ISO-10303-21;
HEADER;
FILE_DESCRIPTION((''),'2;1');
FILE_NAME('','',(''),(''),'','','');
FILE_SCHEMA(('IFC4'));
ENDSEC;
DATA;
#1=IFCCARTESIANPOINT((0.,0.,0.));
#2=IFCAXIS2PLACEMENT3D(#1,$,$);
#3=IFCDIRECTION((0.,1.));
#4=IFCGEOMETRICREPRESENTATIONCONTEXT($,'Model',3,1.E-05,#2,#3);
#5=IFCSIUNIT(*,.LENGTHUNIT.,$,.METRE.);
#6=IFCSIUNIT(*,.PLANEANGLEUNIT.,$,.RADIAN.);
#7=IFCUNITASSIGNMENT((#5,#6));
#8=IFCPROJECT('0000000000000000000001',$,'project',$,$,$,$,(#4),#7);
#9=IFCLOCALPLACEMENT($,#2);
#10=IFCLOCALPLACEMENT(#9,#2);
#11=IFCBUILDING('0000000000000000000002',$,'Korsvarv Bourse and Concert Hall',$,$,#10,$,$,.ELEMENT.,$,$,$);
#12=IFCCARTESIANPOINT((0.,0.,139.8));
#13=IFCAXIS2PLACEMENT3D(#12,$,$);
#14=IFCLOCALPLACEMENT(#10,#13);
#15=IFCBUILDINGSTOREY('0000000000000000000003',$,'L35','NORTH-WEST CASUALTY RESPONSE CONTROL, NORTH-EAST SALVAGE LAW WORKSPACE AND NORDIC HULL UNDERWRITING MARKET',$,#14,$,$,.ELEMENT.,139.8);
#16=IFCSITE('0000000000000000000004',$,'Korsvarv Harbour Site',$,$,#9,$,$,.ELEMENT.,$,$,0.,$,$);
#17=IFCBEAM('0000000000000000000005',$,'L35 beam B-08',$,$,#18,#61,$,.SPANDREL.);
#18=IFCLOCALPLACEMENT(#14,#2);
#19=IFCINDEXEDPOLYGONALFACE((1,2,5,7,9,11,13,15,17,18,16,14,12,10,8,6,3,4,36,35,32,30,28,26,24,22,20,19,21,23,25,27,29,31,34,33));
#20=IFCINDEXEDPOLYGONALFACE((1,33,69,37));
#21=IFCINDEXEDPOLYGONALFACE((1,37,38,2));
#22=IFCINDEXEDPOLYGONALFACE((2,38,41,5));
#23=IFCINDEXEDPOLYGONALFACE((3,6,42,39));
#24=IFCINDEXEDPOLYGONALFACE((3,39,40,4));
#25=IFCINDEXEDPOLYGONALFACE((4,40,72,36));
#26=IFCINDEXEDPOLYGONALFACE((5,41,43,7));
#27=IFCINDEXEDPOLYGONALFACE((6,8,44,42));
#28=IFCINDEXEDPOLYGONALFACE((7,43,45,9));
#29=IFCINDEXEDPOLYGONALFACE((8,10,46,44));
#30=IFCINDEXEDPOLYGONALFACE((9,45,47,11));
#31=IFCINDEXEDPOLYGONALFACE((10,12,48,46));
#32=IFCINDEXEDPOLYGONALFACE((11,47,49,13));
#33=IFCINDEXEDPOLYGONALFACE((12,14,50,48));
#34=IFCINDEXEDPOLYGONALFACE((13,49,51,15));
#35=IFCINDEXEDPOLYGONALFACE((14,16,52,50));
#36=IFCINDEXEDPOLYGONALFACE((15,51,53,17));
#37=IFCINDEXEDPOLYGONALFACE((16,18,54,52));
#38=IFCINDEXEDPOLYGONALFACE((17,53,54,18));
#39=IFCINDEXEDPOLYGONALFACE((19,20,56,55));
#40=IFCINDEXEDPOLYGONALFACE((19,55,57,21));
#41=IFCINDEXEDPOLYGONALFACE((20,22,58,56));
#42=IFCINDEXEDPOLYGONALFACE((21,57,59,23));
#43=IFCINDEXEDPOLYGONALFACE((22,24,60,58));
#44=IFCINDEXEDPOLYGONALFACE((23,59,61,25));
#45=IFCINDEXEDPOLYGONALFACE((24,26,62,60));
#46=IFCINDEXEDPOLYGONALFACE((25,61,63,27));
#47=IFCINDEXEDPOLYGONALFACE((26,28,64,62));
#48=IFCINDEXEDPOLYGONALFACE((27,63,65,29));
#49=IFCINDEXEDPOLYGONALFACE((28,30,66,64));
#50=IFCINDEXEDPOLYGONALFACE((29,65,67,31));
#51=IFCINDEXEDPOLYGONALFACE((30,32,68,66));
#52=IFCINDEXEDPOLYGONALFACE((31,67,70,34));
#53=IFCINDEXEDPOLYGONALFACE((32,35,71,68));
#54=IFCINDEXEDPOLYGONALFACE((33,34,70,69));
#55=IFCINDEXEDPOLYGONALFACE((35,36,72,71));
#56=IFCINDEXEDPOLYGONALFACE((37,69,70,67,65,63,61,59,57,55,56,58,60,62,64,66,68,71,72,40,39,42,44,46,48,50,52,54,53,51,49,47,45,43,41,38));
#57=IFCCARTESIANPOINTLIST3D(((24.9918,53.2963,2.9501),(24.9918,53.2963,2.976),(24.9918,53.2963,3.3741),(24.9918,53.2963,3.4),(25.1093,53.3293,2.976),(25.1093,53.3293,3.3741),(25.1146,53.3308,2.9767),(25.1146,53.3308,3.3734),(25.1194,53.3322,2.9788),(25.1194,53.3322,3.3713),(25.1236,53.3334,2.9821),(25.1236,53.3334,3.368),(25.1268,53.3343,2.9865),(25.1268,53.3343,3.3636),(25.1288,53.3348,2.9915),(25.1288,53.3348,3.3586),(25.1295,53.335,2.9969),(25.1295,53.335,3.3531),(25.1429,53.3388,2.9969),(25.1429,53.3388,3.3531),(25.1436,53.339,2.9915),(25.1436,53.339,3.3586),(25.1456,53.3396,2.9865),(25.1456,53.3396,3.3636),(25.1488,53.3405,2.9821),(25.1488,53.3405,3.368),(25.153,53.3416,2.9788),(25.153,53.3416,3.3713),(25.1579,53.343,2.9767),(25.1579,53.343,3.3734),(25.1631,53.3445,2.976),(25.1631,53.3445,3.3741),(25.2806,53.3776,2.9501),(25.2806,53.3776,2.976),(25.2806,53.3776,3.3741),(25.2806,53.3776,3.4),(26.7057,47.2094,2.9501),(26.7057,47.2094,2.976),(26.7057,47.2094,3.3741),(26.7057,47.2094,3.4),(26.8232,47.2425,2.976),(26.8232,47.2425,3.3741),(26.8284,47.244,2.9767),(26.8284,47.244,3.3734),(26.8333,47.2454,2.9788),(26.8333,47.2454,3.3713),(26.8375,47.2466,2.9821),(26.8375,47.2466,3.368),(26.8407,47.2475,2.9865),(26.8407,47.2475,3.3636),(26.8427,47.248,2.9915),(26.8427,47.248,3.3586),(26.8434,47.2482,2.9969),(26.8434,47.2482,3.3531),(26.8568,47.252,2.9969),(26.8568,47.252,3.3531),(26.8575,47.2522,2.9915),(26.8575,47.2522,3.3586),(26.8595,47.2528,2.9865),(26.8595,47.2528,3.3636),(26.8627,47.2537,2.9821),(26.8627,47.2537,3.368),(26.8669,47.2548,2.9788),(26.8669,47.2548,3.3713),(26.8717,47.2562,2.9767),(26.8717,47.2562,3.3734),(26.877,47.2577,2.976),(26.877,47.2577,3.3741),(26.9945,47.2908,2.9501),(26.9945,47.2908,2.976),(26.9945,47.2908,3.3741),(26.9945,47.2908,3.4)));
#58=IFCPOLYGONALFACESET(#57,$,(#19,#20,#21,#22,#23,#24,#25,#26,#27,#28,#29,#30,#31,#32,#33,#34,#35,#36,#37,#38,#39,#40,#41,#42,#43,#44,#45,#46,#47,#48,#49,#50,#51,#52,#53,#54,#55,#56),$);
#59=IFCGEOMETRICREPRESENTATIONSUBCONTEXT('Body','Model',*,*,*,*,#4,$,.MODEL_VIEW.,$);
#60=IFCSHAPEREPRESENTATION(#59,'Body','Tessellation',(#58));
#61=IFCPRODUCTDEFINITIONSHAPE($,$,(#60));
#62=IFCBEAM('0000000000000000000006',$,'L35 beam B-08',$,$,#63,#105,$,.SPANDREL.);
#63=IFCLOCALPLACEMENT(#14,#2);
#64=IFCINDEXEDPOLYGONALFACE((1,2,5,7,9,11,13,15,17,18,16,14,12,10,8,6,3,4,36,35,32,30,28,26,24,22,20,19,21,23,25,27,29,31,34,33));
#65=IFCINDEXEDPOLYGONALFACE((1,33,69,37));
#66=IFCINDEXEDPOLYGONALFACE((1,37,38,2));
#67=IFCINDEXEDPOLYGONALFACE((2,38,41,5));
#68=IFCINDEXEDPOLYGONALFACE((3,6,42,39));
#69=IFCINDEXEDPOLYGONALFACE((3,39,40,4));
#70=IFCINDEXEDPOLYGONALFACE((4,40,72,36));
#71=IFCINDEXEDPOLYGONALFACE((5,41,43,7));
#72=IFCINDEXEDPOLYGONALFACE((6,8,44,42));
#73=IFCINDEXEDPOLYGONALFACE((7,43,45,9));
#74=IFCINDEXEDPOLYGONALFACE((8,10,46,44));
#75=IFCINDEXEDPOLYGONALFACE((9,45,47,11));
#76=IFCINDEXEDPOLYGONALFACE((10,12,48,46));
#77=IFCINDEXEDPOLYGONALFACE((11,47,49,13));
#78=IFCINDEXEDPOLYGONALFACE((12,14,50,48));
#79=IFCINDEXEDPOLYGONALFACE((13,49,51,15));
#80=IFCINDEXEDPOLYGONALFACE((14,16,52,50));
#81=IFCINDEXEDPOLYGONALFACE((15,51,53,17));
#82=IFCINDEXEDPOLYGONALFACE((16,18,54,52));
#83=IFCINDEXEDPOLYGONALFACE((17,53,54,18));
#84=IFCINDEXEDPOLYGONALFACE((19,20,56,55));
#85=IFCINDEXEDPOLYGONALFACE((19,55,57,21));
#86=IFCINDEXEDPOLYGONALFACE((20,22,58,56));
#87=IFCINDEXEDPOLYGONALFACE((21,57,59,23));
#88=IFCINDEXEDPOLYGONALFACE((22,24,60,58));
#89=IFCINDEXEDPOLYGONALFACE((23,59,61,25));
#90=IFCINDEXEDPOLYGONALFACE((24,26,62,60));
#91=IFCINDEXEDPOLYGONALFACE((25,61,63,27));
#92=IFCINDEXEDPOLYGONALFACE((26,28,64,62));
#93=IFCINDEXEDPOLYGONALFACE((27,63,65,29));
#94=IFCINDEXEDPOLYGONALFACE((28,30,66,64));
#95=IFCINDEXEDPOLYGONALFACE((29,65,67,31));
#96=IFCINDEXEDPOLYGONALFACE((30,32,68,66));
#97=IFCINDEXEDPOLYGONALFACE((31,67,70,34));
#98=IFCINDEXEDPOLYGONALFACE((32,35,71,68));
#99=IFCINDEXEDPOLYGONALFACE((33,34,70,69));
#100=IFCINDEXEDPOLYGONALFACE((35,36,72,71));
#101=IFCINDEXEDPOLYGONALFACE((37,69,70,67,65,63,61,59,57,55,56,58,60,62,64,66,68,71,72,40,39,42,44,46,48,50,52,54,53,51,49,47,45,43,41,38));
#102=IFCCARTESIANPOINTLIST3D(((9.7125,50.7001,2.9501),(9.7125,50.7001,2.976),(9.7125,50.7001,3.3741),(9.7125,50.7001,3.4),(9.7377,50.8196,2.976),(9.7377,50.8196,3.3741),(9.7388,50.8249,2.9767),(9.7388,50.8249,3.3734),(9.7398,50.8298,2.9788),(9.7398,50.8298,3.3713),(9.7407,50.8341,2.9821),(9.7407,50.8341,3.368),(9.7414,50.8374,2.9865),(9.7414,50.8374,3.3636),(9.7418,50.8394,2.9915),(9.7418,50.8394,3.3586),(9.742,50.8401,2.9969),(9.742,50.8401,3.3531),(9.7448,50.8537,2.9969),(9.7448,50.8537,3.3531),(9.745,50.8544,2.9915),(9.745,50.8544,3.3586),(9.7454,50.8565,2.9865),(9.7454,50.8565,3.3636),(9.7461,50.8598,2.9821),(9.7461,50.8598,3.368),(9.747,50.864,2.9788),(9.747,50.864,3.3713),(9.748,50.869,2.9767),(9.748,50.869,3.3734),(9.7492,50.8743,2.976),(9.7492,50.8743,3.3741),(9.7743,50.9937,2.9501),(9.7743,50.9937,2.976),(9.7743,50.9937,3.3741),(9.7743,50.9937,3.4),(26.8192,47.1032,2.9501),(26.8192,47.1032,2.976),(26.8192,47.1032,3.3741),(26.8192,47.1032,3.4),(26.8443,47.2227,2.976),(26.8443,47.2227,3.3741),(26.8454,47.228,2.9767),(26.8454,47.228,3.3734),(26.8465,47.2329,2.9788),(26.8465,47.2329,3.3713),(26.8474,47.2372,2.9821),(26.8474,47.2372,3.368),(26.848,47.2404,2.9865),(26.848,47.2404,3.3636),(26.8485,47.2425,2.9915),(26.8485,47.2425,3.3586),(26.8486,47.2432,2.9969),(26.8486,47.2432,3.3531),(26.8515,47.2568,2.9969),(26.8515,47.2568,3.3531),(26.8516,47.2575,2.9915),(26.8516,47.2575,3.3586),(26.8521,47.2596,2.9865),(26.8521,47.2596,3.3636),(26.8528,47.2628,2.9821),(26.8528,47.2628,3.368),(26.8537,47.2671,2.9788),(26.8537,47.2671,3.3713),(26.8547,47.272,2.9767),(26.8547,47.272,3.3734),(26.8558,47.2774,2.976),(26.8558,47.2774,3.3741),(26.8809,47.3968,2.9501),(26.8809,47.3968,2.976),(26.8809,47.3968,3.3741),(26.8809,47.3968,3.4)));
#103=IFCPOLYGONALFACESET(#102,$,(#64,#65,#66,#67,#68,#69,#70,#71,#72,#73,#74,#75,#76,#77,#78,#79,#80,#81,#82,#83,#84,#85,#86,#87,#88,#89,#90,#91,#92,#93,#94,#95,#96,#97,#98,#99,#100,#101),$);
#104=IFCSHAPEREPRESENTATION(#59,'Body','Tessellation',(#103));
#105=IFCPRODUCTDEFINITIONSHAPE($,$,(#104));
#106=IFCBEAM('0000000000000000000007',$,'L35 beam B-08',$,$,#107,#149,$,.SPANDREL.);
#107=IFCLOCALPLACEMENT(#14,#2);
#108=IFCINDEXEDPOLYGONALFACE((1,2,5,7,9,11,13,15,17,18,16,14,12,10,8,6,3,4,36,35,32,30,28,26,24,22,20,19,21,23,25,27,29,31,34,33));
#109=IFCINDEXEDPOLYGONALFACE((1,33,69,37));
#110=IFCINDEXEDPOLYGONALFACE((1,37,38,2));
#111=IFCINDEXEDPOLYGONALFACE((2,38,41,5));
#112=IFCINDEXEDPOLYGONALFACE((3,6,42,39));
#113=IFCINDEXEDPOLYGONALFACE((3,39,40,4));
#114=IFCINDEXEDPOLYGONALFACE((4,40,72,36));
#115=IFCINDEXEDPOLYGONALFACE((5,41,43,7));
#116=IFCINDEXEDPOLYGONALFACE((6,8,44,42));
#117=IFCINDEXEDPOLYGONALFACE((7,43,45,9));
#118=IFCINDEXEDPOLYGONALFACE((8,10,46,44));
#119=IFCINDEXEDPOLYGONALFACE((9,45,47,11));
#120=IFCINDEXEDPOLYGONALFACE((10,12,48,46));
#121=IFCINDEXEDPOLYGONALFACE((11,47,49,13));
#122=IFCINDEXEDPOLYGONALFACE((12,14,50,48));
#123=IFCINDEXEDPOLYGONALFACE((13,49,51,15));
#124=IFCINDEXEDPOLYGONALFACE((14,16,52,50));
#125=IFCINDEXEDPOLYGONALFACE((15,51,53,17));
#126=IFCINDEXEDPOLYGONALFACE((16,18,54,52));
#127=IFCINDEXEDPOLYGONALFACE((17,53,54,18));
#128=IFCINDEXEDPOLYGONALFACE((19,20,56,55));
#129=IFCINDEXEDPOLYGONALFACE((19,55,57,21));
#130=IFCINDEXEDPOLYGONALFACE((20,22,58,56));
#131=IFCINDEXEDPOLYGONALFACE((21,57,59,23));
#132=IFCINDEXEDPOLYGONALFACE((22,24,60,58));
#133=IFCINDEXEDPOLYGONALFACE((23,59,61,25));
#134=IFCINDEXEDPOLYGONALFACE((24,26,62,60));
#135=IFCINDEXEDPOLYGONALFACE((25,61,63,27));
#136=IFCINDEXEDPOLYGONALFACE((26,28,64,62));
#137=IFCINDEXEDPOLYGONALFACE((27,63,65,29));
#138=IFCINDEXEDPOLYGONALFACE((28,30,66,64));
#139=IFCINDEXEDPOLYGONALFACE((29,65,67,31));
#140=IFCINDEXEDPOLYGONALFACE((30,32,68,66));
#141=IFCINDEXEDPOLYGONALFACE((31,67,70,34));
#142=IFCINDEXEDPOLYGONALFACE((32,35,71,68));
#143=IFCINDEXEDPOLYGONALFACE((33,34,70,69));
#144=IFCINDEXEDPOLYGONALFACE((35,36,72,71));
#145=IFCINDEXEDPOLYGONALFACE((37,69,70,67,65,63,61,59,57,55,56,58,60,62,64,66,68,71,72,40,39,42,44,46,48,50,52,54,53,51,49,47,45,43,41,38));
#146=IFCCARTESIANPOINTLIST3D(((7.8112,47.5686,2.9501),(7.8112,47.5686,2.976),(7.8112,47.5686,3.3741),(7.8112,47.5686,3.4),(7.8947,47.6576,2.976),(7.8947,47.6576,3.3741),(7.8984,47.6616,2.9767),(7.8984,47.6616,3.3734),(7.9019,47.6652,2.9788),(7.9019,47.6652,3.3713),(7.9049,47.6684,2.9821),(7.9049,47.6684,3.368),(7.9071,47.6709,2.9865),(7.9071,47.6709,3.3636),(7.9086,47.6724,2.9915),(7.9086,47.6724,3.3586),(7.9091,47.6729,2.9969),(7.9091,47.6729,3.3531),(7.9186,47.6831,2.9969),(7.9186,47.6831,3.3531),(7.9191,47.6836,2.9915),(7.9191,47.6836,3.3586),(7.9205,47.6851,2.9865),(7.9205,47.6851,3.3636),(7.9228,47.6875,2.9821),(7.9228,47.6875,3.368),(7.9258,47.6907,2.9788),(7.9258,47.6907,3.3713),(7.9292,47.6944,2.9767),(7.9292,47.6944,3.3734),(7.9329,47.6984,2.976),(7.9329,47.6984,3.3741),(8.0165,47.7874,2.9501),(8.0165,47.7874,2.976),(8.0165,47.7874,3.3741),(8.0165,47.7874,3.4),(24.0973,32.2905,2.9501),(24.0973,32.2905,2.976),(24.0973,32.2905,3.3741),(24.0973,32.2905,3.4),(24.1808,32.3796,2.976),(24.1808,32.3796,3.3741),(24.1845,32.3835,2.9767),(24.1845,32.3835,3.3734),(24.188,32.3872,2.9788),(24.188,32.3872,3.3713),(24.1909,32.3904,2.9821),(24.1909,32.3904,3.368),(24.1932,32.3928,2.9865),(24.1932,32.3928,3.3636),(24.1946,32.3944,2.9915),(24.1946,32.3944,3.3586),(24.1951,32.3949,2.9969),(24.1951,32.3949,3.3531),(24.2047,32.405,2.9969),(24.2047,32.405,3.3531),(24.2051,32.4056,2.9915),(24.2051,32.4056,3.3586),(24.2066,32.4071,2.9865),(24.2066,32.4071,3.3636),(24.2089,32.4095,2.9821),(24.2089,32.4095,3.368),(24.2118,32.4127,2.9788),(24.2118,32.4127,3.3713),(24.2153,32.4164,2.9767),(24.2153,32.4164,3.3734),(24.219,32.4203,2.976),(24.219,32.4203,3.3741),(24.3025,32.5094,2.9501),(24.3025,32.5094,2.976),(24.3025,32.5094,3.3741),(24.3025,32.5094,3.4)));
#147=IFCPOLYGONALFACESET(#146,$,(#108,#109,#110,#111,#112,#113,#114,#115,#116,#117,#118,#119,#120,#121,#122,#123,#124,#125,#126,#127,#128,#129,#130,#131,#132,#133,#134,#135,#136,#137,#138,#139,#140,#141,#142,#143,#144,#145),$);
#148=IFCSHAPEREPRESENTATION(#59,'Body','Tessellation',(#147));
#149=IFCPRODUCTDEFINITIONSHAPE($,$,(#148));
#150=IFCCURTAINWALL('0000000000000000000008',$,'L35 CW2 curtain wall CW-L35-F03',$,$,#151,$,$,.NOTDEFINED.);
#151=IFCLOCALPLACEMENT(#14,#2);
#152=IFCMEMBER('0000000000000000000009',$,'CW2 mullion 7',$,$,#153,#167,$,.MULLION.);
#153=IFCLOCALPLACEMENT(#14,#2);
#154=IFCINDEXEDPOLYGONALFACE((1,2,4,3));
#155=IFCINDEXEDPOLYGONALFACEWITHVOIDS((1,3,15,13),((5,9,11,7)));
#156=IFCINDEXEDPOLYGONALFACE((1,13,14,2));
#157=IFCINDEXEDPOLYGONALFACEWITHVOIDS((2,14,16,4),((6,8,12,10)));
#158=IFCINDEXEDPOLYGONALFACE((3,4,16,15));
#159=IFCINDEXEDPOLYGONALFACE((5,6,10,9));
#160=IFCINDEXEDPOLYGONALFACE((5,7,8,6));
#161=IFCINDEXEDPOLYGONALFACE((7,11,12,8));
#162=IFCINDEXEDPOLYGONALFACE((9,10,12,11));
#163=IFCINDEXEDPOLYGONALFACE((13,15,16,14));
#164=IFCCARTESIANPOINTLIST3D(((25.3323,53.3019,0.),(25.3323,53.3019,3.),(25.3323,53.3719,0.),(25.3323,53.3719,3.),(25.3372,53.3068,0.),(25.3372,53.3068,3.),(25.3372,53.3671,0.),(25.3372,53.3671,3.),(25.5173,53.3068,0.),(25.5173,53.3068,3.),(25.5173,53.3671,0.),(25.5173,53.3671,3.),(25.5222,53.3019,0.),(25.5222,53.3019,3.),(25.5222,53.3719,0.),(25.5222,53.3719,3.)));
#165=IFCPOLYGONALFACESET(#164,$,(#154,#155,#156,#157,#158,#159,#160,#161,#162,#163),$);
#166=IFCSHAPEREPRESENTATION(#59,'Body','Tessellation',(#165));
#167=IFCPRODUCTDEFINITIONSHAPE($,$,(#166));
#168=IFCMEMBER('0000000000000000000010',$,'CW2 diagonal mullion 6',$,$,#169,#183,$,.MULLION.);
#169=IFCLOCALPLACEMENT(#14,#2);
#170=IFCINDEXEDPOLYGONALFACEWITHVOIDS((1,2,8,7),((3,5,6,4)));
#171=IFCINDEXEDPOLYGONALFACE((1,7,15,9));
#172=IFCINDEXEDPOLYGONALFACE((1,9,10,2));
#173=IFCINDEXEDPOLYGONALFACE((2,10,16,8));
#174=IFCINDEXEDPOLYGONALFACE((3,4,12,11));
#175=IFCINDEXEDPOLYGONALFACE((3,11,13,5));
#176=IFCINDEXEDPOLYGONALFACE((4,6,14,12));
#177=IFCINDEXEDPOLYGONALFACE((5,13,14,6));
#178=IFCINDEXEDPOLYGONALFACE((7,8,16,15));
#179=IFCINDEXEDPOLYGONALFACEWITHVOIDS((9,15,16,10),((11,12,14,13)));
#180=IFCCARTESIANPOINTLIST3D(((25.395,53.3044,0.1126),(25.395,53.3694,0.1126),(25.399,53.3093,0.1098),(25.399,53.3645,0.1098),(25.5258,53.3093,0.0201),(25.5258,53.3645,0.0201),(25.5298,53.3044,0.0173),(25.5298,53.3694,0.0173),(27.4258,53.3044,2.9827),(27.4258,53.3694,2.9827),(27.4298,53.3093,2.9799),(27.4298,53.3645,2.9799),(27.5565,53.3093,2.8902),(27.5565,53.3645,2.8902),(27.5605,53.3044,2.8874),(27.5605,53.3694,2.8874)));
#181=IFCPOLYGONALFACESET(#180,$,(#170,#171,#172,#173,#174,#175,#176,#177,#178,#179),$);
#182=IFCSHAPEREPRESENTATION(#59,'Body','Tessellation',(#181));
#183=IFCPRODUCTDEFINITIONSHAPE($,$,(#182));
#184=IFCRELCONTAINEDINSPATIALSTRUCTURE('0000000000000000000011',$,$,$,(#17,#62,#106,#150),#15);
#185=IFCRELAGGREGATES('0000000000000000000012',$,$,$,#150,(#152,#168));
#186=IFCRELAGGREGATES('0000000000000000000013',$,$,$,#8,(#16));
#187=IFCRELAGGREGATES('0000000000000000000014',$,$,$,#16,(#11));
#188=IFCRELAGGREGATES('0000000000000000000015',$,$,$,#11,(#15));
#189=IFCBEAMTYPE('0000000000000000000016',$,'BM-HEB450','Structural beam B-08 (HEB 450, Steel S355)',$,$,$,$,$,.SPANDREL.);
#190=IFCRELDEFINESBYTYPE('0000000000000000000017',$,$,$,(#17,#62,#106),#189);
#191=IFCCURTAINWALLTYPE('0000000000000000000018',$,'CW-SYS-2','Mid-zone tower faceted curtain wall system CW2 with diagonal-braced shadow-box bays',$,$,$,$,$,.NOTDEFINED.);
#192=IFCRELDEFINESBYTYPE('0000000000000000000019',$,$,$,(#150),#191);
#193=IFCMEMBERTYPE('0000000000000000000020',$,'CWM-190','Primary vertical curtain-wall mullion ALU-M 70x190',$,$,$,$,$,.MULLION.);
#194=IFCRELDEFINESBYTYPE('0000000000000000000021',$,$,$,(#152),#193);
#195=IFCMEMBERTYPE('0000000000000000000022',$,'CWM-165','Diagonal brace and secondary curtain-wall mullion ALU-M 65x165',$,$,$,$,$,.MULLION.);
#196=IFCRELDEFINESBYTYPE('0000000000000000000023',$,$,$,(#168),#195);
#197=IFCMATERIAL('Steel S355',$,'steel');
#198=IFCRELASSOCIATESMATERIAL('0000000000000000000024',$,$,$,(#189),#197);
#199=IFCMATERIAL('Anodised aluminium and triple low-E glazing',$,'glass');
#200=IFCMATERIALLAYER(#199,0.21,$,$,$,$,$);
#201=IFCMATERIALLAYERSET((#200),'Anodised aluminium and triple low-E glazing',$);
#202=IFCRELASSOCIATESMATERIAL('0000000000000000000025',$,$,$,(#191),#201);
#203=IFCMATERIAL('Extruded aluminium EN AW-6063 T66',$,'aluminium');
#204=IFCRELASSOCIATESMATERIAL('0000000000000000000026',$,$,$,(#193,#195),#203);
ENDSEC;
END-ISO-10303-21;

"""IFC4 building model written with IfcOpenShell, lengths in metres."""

from ifc_helpers import new_model, si_unit, direction, frame, origin, origin_2d, place, context, subcontext, project, spatial, hollow_rectangle, i_section, extrude, source, transform, mapped, material, layer, layer_set, material_profile, profile_set, type_object, element, aggregate, save


model = new_model("IFC4")

# Units and contexts
model_context = context("Model", 3, precision=1e-05, world=origin(), true_north=direction((0.0, 1.0)))
body_context = subcontext(model_context, "Body", "Model", "MODEL_VIEW")
ifc_project = project(units=[si_unit("LENGTHUNIT", "METRE"), si_unit("PLANEANGLEUNIT", "RADIAN")], contexts=[model_context])

# Site, building, storey
site_placement = place(None, origin())
site = spatial("IfcSite", under=ifc_project, at=site_placement, Name="Korsvarv Harbour Site", CompositionType="ELEMENT", RefElevation=0.0)
building_placement = place(site_placement, origin())
building = spatial("IfcBuilding", under=site, at=building_placement, Name="Korsvarv Bourse and Concert Hall", CompositionType="ELEMENT")
storey_placement = place(building_placement, frame((0.0, 0.0, 139.8)))
storey = spatial("IfcBuildingStorey", under=building, at=storey_placement, Name="L35", Description="NORTH-WEST CASUALTY RESPONSE CONTROL, NORTH-EAST SALVAGE LAW WORKSPACE AND NORDIC HULL UNDERWRITING MARKET", CompositionType="ELEMENT", Elevation=139.8)

# Shared definitions
ifc_material_1 = material(Name="Steel S355", Category="steel")

# Beams
ifc_material_profile_1 = material_profile(ifc_material_1, i_section(OverallWidth=0.3, OverallDepth=0.45, WebThickness=0.0139, FlangeThickness=0.0259, FilletRadius=0.021, at=origin_2d()), Name="HEB 450")
ifc_profile_set_1 = profile_set([ifc_material_profile_1], Name="Steel S355")
beam_type_1 = type_object("IfcBeamType", Name="BM-HEB450", Description="Structural beam B-08 (HEB 450, Steel S355)", PredefinedType="SPANDREL", material=ifc_profile_set_1)
shared_shape_1 = source(origin(), body_context, "Body", "SweptSolid", [
    extrude(i_section(OverallWidth=0.3, OverallDepth=0.45, WebThickness=0.0139, FlangeThickness=0.0259, FilletRadius=0.021, at=origin_2d()), origin(), (0.0, 0.0, 1.0), 6.3235),
])
beam_1_placement = place(storey_placement, frame((25.1362, 53.3369, 3.175), z_axis=(0.271027, -0.962572, 0.0), x_axis=(0.962572, 0.271027, 0.0)))
element("IfcBeam", 1, at=beam_1_placement, inside=storey, type_object=beam_type_1, Name="L35 beam B-08", PredefinedType="SPANDREL", context=body_context, shape_type="MappedRepresentation", body=[
    mapped(shared_shape_1, transform((0.0, 0.0, 0.0), scale=1.0)),
])
shared_shape_2 = source(origin(), body_context, "Body", "SweptSolid", [
    extrude(i_section(OverallWidth=0.3, OverallDepth=0.45, WebThickness=0.0139, FlangeThickness=0.0259, FilletRadius=0.021, at=origin_2d()), origin(), (0.0, 0.0, 1.0), 17.4807),
])
beam_2_placement = place(storey_placement, frame((9.7434, 50.8469, 3.175), z_axis=(0.978601, -0.205765, 0.0), x_axis=(0.205765, 0.978601, 0.0)))
element("IfcBeam", 2, at=beam_2_placement, inside=storey, type_object=beam_type_1, Name="L35 beam B-08", PredefinedType="SPANDREL", context=body_context, shape_type="MappedRepresentation", body=[
    mapped(shared_shape_2, transform((0.0, 0.0, 0.0), scale=1.0)),
])
shared_shape_3 = source(origin(), body_context, "Body", "SweptSolid", [
    extrude(i_section(OverallWidth=0.3, OverallDepth=0.45, WebThickness=0.0139, FlangeThickness=0.0259, FilletRadius=0.021, at=origin_2d()), origin(), (0.0, 0.0, 1.0), 22.3306),
])
beam_3_placement = place(storey_placement, frame((7.9138, 47.678, 3.175), z_axis=(0.729318, -0.684175, 0.0), x_axis=(0.684175, 0.729318, 0.0)))
element("IfcBeam", 3, at=beam_3_placement, inside=storey, type_object=beam_type_1, Name="L35 beam B-08", PredefinedType="SPANDREL", context=body_context, shape_type="MappedRepresentation", body=[
    mapped(shared_shape_3, transform((0.0, 0.0, 0.0), scale=1.0)),
])

# Curtain wall, members
ifc_material_2 = material(Name="Anodised aluminium and triple low-E glazing", Category="glass")
ifc_layer_1 = layer(ifc_material_2, 0.21)
ifc_layer_set_1 = layer_set([ifc_layer_1], Name="Anodised aluminium and triple low-E glazing")
curtain_wall_type = type_object("IfcCurtainWallType", Name="CW-SYS-2", Description="Mid-zone tower faceted curtain wall system CW2 with diagonal-braced shadow-box bays", PredefinedType="NOTDEFINED", material=ifc_layer_set_1)
curtain_wall_placement = place(storey_placement, origin())
curtain_wall = element("IfcCurtainWall", 4, at=curtain_wall_placement, inside=storey, type_object=curtain_wall_type, Name="L35 CW2 curtain wall CW-L35-F03", PredefinedType="NOTDEFINED")
ifc_material_3 = material(Name="Extruded aluminium EN AW-6063 T66", Category="aluminium")
ifc_material_profile_2 = material_profile(ifc_material_3, hollow_rectangle(XDim=0.0701, YDim=0.1899, WallThickness=0.0049, at=origin_2d()), Name="ALU-M 70x190")
ifc_profile_set_2 = profile_set([ifc_material_profile_2], Name="Extruded aluminium EN AW-6063 T66")
member_type_1 = type_object("IfcMemberType", Name="CWM-190", Description="Primary vertical curtain-wall mullion ALU-M 70x190", PredefinedType="MULLION", material=ifc_profile_set_2)
shared_shape_4 = source(origin(), body_context, "Body", "SweptSolid", [
    extrude(hollow_rectangle(XDim=0.0701, YDim=0.1899, WallThickness=0.0049, at=origin_2d()), origin(), (0.0, 0.0, 1.0), 3.0),
])
member_1_placement = place(storey_placement, frame((25.4272, 53.3369, 0.0), z_axis=(0.0, 0.0, 1.0), x_axis=(0.0, -1.0, 0.0)))
member_1 = element("IfcMember", 5, at=member_1_placement, type_object=member_type_1, Name="CW2 mullion 7", PredefinedType="MULLION", context=body_context, shape_type="MappedRepresentation", body=[
    mapped(shared_shape_4, transform((0.0, 0.0, 0.0), scale=1.0)),
])
ifc_material_profile_3 = material_profile(ifc_material_3, hollow_rectangle(XDim=0.0649, YDim=0.165, WallThickness=0.0049, at=origin_2d()), Name="ALU-M 65x165")
ifc_profile_set_3 = profile_set([ifc_material_profile_3], Name="Extruded aluminium EN AW-6063 T66")
member_type_2 = type_object("IfcMemberType", Name="CWM-165", Description="Diagonal brace and secondary curtain-wall mullion ALU-M 65x165", PredefinedType="MULLION", material=ifc_profile_set_3)
shared_shape_5 = source(origin(), body_context, "Body", "SweptSolid", [
    extrude(hollow_rectangle(XDim=0.0649, YDim=0.165, WallThickness=0.0049, at=origin_2d()), origin(), (0.0, 0.0, 1.0), 3.5159),
])
member_2_placement = place(storey_placement, frame((25.4624, 53.3369, 0.0649), z_axis=(0.577593, 0.0, 0.816325), x_axis=(0.0, 1.0, 0.0)))
member_2 = element("IfcMember", 6, at=member_2_placement, type_object=member_type_2, Name="CW2 diagonal mullion 6", PredefinedType="MULLION", context=body_context, shape_type="MappedRepresentation", body=[
    mapped(shared_shape_5, transform((0.0, 0.0, 0.0), scale=1.0)),
])
aggregate(curtain_wall, [member_1, member_2])

save(model, "model.ifc")
